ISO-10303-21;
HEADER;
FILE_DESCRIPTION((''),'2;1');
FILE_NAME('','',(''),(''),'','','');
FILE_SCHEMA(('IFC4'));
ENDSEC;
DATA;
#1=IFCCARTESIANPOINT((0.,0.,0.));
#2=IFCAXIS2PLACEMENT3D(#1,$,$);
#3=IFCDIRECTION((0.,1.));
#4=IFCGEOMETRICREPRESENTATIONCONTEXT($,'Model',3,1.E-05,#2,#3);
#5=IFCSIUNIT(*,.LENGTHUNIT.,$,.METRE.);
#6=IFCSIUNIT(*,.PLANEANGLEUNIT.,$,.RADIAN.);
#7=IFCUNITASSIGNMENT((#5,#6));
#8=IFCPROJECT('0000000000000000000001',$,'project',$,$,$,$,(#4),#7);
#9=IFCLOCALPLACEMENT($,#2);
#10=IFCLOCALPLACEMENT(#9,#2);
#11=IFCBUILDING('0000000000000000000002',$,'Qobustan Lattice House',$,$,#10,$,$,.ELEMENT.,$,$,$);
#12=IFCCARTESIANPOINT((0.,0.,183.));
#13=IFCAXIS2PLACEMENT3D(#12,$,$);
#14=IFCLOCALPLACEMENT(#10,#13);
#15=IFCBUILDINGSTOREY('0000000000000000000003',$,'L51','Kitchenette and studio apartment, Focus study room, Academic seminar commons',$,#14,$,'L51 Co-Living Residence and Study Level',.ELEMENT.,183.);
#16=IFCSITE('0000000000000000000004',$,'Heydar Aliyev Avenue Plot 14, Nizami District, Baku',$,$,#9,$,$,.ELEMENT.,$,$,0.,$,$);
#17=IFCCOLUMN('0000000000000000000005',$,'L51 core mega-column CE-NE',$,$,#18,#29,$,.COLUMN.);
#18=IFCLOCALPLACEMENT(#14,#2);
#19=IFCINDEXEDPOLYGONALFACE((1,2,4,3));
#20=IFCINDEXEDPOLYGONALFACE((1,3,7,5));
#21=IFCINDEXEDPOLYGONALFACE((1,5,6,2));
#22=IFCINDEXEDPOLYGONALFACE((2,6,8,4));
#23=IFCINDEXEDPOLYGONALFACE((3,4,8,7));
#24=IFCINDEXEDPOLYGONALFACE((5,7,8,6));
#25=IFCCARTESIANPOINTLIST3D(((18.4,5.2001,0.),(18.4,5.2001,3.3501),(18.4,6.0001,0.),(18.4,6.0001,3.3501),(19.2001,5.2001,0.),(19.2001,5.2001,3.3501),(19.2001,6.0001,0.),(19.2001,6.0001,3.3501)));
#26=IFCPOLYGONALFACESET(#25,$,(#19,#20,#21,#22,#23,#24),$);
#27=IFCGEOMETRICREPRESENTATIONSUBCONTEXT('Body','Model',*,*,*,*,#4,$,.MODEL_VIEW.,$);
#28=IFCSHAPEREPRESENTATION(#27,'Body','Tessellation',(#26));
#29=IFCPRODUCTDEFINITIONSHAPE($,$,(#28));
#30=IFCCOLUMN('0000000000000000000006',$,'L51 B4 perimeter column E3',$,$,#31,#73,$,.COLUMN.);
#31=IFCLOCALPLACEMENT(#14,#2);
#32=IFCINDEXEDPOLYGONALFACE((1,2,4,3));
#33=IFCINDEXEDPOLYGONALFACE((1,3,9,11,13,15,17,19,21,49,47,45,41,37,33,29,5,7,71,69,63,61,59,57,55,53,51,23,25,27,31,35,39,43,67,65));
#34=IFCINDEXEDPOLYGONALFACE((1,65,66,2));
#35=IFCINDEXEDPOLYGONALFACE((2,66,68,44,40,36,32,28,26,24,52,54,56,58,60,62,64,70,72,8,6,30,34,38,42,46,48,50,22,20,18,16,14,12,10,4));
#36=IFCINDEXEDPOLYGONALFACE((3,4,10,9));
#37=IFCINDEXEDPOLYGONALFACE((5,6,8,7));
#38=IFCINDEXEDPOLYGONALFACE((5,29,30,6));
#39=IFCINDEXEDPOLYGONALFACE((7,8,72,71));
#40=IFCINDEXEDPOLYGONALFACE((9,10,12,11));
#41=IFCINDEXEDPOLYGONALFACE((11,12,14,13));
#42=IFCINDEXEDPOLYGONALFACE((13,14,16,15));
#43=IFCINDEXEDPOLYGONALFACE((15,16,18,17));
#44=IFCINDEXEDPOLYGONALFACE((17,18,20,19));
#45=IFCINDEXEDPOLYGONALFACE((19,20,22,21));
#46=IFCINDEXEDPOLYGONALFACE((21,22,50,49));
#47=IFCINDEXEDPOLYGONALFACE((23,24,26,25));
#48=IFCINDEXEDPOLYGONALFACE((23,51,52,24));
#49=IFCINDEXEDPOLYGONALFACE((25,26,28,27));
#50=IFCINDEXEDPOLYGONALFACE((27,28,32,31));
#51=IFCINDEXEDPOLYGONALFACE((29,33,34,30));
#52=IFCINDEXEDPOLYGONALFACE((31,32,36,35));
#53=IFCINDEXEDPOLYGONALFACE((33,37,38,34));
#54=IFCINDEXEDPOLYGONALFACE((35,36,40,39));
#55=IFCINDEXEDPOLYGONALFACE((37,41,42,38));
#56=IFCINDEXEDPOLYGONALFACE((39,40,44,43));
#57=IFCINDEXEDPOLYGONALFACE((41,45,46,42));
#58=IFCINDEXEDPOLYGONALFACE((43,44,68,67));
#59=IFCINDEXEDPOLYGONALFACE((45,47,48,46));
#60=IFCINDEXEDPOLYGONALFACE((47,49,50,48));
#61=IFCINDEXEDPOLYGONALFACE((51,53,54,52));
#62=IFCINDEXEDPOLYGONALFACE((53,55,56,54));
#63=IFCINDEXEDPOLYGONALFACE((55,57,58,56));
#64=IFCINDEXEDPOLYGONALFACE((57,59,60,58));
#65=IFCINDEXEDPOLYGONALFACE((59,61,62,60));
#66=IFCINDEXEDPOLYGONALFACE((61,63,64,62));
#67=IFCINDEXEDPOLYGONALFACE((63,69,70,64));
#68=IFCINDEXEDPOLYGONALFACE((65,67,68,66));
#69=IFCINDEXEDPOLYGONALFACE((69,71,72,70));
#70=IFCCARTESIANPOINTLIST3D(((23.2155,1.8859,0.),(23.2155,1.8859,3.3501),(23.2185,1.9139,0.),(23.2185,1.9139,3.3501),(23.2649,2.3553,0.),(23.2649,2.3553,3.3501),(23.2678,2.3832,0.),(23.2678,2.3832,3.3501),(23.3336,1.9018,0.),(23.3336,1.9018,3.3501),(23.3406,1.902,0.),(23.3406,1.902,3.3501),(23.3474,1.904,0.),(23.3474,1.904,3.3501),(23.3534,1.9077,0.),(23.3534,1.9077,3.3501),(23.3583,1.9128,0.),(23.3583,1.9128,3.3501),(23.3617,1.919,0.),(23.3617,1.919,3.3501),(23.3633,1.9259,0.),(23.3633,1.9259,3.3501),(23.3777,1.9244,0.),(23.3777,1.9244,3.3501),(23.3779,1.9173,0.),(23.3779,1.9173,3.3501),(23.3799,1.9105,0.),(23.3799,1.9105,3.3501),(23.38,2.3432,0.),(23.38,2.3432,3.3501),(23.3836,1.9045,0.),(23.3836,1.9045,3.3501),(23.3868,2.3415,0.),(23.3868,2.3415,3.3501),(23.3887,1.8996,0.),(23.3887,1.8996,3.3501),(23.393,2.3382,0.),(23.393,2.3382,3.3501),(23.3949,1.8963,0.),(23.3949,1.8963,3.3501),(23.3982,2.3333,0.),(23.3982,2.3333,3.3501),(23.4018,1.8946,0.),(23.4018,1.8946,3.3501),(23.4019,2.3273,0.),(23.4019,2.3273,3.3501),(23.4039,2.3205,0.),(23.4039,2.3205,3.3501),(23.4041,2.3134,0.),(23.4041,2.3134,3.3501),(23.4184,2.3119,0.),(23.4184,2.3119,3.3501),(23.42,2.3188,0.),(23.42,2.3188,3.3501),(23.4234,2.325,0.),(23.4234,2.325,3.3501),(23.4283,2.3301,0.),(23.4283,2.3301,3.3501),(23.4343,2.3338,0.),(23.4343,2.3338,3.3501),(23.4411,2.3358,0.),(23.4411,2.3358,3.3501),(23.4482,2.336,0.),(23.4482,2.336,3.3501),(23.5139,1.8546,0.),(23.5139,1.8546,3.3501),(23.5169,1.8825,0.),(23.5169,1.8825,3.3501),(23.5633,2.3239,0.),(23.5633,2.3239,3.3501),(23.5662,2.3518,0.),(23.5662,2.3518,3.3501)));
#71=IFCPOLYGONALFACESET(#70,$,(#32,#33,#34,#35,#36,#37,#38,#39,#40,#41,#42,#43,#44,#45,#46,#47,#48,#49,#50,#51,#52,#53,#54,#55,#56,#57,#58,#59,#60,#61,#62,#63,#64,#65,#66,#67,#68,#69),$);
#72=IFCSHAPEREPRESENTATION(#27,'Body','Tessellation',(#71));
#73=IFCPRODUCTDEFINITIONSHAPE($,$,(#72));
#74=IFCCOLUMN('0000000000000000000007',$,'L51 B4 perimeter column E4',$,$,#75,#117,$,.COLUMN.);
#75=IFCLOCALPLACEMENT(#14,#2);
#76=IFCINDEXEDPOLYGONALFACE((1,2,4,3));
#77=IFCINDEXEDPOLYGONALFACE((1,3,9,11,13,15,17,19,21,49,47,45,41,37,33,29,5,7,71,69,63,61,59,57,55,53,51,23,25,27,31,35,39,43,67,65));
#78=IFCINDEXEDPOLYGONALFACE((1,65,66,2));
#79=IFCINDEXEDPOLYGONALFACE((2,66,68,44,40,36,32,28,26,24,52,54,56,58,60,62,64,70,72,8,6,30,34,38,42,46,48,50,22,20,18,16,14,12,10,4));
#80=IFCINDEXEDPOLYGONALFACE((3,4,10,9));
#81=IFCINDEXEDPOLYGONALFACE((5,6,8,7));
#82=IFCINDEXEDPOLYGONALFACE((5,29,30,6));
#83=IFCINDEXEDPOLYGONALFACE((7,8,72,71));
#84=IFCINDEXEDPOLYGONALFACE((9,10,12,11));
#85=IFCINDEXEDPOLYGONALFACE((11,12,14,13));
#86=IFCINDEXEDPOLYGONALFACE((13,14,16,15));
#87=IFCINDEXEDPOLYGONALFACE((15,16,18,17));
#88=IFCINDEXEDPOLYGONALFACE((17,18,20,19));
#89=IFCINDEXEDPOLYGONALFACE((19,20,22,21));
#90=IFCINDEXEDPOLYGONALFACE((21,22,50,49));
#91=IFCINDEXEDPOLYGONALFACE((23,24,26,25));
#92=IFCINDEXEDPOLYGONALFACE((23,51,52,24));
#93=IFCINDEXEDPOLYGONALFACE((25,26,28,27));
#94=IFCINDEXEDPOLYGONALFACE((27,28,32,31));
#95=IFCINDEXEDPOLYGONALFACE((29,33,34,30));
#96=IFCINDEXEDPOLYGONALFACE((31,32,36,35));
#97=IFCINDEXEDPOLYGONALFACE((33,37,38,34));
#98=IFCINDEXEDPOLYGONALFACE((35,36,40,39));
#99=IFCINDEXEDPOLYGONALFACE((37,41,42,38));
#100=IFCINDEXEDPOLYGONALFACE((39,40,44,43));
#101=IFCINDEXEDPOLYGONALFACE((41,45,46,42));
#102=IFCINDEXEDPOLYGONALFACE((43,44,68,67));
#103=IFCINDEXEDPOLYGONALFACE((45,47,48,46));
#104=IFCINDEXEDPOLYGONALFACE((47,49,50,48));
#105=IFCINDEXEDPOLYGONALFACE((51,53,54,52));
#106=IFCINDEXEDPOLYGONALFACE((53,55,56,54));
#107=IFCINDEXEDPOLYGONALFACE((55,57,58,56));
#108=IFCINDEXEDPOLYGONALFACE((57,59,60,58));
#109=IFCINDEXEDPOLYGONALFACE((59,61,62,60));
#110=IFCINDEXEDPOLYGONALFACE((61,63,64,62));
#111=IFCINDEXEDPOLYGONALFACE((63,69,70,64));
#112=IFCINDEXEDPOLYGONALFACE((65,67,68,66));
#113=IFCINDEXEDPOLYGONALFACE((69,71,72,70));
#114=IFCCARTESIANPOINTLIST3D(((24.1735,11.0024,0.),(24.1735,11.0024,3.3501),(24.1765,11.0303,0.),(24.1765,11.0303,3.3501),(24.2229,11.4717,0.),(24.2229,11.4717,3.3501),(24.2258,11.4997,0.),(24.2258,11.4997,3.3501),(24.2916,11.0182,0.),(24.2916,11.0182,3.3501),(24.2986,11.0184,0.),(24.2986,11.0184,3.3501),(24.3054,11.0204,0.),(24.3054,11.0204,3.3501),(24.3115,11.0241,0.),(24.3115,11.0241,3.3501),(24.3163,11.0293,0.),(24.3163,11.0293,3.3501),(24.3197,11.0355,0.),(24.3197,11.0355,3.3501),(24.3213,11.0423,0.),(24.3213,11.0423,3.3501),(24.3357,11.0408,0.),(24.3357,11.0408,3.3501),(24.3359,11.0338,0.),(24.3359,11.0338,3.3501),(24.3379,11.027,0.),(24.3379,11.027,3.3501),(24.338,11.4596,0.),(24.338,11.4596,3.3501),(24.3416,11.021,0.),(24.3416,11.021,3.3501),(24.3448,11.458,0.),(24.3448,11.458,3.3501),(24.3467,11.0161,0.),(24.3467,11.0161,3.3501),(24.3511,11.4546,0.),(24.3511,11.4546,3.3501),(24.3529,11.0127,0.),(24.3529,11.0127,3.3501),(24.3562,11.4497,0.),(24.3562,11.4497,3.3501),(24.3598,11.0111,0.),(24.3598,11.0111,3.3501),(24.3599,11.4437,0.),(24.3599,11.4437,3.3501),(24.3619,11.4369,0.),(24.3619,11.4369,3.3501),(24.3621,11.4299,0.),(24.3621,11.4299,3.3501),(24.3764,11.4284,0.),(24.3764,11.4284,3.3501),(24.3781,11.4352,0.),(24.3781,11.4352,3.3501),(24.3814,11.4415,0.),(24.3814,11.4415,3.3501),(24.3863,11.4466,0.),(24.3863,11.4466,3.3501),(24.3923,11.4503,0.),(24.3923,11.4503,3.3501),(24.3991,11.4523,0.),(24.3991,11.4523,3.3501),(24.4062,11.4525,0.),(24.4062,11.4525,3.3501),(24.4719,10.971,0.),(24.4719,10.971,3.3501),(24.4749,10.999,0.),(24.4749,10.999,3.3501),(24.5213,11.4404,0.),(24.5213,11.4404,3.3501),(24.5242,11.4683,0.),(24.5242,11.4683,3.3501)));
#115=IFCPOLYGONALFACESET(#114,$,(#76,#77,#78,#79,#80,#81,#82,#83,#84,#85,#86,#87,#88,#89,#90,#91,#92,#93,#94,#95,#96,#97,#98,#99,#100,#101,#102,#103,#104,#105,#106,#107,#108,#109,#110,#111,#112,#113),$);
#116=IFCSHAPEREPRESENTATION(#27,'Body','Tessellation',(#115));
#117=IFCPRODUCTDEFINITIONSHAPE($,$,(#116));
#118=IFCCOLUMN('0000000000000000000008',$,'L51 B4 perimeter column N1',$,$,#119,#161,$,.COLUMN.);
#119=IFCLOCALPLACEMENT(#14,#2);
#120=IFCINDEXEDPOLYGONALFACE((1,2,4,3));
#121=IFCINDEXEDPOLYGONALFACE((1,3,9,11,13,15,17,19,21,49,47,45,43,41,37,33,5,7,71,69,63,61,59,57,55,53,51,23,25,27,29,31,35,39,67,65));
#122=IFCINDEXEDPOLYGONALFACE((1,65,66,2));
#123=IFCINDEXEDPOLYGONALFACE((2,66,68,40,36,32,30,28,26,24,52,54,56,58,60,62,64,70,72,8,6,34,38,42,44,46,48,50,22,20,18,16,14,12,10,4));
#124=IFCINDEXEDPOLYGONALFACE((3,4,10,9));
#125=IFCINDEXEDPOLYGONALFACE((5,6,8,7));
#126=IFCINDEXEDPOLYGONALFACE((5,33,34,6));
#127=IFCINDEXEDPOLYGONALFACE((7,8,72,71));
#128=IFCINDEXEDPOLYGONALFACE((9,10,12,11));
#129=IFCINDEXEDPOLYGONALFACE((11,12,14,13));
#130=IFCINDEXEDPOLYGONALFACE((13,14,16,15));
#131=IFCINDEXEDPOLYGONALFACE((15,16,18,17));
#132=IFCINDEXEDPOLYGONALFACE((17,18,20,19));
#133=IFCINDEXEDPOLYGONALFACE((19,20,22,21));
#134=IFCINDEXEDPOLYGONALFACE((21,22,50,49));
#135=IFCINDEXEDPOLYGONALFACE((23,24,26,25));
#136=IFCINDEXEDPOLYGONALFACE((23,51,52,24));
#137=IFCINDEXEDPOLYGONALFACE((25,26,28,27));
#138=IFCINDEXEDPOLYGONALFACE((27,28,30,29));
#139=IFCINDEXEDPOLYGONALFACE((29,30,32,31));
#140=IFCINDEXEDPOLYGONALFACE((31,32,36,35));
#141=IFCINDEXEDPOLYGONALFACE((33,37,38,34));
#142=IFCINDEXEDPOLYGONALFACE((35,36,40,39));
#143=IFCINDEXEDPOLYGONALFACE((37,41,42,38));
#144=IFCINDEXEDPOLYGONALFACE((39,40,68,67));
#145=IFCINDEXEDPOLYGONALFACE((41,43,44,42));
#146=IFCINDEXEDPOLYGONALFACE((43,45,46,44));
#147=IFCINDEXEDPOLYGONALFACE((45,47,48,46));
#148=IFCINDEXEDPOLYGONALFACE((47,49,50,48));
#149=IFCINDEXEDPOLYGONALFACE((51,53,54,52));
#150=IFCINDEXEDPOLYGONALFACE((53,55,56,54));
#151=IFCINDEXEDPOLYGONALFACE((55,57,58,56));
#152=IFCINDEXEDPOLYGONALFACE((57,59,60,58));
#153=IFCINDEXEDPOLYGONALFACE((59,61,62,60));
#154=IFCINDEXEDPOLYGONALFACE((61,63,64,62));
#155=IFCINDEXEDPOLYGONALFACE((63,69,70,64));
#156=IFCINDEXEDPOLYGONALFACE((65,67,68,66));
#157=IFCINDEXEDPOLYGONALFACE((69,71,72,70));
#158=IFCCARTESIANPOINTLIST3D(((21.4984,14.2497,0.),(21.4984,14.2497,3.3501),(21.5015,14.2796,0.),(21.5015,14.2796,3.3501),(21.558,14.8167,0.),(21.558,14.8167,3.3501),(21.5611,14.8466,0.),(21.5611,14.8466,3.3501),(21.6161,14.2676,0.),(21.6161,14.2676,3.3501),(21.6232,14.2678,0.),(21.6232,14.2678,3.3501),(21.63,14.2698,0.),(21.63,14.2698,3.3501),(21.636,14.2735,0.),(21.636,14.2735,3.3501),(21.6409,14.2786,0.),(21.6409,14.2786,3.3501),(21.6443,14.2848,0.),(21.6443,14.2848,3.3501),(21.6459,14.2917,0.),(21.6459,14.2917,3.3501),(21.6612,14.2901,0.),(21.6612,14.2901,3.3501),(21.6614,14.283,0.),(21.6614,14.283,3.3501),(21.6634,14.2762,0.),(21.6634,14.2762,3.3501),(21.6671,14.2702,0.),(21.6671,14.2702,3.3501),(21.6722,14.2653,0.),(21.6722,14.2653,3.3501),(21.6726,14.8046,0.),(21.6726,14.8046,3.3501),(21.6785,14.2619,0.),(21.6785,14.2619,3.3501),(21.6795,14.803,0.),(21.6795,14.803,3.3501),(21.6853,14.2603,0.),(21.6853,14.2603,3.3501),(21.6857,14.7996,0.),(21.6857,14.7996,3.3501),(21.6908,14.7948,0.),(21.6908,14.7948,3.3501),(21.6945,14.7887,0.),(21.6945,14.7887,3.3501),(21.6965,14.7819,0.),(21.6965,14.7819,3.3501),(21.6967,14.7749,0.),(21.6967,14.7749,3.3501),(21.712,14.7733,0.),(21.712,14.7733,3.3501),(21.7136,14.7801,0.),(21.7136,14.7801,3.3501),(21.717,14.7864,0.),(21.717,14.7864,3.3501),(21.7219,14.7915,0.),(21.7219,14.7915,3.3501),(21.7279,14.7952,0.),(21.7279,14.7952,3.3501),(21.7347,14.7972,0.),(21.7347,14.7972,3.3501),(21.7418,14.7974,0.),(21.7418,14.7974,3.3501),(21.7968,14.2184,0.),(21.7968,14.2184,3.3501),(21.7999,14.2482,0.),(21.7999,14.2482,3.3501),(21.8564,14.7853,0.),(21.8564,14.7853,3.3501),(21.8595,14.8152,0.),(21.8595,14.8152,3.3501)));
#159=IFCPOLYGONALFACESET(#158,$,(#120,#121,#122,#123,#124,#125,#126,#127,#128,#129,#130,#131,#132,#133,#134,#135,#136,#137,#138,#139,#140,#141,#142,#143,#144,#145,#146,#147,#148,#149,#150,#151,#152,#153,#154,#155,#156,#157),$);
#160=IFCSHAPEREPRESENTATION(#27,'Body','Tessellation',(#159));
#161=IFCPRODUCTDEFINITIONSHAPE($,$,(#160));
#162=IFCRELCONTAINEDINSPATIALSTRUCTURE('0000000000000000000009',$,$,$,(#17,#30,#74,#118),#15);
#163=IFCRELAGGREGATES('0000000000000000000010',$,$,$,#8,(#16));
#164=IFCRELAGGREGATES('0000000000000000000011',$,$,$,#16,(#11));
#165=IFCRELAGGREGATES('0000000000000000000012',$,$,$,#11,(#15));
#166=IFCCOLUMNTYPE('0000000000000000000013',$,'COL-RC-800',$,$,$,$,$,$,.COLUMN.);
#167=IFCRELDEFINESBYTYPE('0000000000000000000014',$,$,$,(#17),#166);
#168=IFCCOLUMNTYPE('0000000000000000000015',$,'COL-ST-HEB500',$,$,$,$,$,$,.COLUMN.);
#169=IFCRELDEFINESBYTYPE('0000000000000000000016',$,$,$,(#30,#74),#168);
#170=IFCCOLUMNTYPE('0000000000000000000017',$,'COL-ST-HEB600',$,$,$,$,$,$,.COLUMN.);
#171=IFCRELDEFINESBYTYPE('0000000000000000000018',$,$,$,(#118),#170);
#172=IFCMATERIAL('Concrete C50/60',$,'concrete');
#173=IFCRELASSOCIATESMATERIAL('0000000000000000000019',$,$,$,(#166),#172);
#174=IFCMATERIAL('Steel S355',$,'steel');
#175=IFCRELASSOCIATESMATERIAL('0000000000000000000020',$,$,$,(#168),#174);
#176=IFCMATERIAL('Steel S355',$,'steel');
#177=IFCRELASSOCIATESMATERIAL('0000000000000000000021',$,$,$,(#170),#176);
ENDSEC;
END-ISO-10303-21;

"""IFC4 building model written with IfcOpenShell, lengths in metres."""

from ifc_helpers import new_model, si_unit, direction, frame, origin, origin_2d, place, context, subcontext, project, spatial, rectangle, i_section, extrude, material, material_profile, profile_set, type_object, element, save


model = new_model("IFC4")

# Units and contexts
model_context = context("Model", 3, precision=1e-05, world=origin(), true_north=direction((0.0, 1.0)))
body_context = subcontext(model_context, "Body", "Model", "MODEL_VIEW")
ifc_project = project(units=[si_unit("LENGTHUNIT", "METRE"), si_unit("PLANEANGLEUNIT", "RADIAN")], contexts=[model_context])

# Site, building, storey
site_placement = place(None, origin())
site = spatial("IfcSite", under=ifc_project, at=site_placement, Name="Heydar Aliyev Avenue Plot 14, Nizami District, Baku", CompositionType="ELEMENT", RefElevation=0.0)
building_placement = place(site_placement, origin())
building = spatial("IfcBuilding", under=site, at=building_placement, Name="Qobustan Lattice House", CompositionType="ELEMENT")
storey_placement = place(building_placement, frame((0.0, 0.0, 183.0)))
storey = spatial("IfcBuildingStorey", under=building, at=storey_placement, Name="L51", Description="Kitchenette and studio apartment, Focus study room, Academic seminar commons", LongName="L51 Co-Living Residence and Study Level", CompositionType="ELEMENT", Elevation=183.0)

# Columns
ifc_material_1 = material(Name="Concrete C50/60", Category="concrete")
ifc_material_profile_1 = material_profile(ifc_material_1, rectangle(XDim=0.8, YDim=0.8, at=origin_2d()), Name="RC800x800")
ifc_profile_set_1 = profile_set([ifc_material_profile_1], Name="Concrete C50/60")
column_type_1 = type_object("IfcColumnType", Name="COL-RC-800", PredefinedType="COLUMN", material=ifc_profile_set_1)
column_1_placement = place(storey_placement, frame((18.8, 5.6001, 0.0), z_axis=(0.0, 0.0, 1.0), x_axis=(1.0, 0.0, 0.0)))
element("IfcColumn", 1, at=column_1_placement, inside=storey, type_object=column_type_1, Name="L51 core mega-column CE-NE", PredefinedType="COLUMN", context=body_context, shape_type="SweptSolid", body=[
    extrude(rectangle(XDim=0.8, YDim=0.8, at=origin_2d()), origin(), (0.0, 0.0, 1.0), 3.3501),
])
ifc_material_2 = material(Name="Steel S355", Category="steel")
ifc_material_profile_2 = material_profile(ifc_material_2, i_section(OverallWidth=0.3, OverallDepth=0.5, WebThickness=0.0144, FlangeThickness=0.0281, FilletRadius=0.0271, at=origin_2d()), Name="HEB500")
ifc_profile_set_2 = profile_set([ifc_material_profile_2], Name="Steel S355")
column_type_2 = type_object("IfcColumnType", Name="COL-ST-HEB500", PredefinedType="COLUMN", material=ifc_profile_set_2)
for number, where, z_axis, x_axis, name in (
    (2, (23.3909, 2.1189, 0.0), (0.0, 0.0, 1.0), (0.994522, -0.104528, 0.0), "L51 B4 perimeter column E3"),
    (3, (24.3489, 11.2354, 0.0), (0.0, 0.0, 1.0), (0.994522, -0.104528, 0.0), "L51 B4 perimeter column E4"),
):
    element("IfcColumn", number, at=place(storey_placement, frame(where, z_axis=z_axis, x_axis=x_axis)), inside=storey, type_object=column_type_2, Name=name, PredefinedType="COLUMN", context=body_context, shape_type="SweptSolid", body=[
        extrude(i_section(OverallWidth=0.3, OverallDepth=0.5, WebThickness=0.0144, FlangeThickness=0.0281, FilletRadius=0.0271, at=origin_2d()), origin(), (0.0, 0.0, 1.0), 3.3501),
    ])
ifc_material_3 = material(Name="Steel S355", Category="steel")
ifc_material_profile_3 = material_profile(ifc_material_3, i_section(OverallWidth=0.3, OverallDepth=0.6001, WebThickness=0.0154, FlangeThickness=0.03, FilletRadius=0.0271, at=origin_2d()), Name="HEB600")
ifc_profile_set_3 = profile_set([ifc_material_profile_3], Name="Steel S355")
column_type_3 = type_object("IfcColumnType", Name="COL-ST-HEB600", PredefinedType="COLUMN", material=ifc_profile_set_3)
column_2_placement = place(storey_placement, frame((21.679, 14.5325, 0.0), z_axis=(0.0, 0.0, 1.0), x_axis=(0.994522, -0.104528, 0.0)))
element("IfcColumn", 4, at=column_2_placement, inside=storey, type_object=column_type_3, Name="L51 B4 perimeter column N1", PredefinedType="COLUMN", context=body_context, shape_type="SweptSolid", body=[
    extrude(i_section(OverallWidth=0.3, OverallDepth=0.6001, WebThickness=0.0154, FlangeThickness=0.03, FilletRadius=0.0271, at=origin_2d()), origin(), (0.0, 0.0, 1.0), 3.3501),
])

save(model, "model.ifc")
